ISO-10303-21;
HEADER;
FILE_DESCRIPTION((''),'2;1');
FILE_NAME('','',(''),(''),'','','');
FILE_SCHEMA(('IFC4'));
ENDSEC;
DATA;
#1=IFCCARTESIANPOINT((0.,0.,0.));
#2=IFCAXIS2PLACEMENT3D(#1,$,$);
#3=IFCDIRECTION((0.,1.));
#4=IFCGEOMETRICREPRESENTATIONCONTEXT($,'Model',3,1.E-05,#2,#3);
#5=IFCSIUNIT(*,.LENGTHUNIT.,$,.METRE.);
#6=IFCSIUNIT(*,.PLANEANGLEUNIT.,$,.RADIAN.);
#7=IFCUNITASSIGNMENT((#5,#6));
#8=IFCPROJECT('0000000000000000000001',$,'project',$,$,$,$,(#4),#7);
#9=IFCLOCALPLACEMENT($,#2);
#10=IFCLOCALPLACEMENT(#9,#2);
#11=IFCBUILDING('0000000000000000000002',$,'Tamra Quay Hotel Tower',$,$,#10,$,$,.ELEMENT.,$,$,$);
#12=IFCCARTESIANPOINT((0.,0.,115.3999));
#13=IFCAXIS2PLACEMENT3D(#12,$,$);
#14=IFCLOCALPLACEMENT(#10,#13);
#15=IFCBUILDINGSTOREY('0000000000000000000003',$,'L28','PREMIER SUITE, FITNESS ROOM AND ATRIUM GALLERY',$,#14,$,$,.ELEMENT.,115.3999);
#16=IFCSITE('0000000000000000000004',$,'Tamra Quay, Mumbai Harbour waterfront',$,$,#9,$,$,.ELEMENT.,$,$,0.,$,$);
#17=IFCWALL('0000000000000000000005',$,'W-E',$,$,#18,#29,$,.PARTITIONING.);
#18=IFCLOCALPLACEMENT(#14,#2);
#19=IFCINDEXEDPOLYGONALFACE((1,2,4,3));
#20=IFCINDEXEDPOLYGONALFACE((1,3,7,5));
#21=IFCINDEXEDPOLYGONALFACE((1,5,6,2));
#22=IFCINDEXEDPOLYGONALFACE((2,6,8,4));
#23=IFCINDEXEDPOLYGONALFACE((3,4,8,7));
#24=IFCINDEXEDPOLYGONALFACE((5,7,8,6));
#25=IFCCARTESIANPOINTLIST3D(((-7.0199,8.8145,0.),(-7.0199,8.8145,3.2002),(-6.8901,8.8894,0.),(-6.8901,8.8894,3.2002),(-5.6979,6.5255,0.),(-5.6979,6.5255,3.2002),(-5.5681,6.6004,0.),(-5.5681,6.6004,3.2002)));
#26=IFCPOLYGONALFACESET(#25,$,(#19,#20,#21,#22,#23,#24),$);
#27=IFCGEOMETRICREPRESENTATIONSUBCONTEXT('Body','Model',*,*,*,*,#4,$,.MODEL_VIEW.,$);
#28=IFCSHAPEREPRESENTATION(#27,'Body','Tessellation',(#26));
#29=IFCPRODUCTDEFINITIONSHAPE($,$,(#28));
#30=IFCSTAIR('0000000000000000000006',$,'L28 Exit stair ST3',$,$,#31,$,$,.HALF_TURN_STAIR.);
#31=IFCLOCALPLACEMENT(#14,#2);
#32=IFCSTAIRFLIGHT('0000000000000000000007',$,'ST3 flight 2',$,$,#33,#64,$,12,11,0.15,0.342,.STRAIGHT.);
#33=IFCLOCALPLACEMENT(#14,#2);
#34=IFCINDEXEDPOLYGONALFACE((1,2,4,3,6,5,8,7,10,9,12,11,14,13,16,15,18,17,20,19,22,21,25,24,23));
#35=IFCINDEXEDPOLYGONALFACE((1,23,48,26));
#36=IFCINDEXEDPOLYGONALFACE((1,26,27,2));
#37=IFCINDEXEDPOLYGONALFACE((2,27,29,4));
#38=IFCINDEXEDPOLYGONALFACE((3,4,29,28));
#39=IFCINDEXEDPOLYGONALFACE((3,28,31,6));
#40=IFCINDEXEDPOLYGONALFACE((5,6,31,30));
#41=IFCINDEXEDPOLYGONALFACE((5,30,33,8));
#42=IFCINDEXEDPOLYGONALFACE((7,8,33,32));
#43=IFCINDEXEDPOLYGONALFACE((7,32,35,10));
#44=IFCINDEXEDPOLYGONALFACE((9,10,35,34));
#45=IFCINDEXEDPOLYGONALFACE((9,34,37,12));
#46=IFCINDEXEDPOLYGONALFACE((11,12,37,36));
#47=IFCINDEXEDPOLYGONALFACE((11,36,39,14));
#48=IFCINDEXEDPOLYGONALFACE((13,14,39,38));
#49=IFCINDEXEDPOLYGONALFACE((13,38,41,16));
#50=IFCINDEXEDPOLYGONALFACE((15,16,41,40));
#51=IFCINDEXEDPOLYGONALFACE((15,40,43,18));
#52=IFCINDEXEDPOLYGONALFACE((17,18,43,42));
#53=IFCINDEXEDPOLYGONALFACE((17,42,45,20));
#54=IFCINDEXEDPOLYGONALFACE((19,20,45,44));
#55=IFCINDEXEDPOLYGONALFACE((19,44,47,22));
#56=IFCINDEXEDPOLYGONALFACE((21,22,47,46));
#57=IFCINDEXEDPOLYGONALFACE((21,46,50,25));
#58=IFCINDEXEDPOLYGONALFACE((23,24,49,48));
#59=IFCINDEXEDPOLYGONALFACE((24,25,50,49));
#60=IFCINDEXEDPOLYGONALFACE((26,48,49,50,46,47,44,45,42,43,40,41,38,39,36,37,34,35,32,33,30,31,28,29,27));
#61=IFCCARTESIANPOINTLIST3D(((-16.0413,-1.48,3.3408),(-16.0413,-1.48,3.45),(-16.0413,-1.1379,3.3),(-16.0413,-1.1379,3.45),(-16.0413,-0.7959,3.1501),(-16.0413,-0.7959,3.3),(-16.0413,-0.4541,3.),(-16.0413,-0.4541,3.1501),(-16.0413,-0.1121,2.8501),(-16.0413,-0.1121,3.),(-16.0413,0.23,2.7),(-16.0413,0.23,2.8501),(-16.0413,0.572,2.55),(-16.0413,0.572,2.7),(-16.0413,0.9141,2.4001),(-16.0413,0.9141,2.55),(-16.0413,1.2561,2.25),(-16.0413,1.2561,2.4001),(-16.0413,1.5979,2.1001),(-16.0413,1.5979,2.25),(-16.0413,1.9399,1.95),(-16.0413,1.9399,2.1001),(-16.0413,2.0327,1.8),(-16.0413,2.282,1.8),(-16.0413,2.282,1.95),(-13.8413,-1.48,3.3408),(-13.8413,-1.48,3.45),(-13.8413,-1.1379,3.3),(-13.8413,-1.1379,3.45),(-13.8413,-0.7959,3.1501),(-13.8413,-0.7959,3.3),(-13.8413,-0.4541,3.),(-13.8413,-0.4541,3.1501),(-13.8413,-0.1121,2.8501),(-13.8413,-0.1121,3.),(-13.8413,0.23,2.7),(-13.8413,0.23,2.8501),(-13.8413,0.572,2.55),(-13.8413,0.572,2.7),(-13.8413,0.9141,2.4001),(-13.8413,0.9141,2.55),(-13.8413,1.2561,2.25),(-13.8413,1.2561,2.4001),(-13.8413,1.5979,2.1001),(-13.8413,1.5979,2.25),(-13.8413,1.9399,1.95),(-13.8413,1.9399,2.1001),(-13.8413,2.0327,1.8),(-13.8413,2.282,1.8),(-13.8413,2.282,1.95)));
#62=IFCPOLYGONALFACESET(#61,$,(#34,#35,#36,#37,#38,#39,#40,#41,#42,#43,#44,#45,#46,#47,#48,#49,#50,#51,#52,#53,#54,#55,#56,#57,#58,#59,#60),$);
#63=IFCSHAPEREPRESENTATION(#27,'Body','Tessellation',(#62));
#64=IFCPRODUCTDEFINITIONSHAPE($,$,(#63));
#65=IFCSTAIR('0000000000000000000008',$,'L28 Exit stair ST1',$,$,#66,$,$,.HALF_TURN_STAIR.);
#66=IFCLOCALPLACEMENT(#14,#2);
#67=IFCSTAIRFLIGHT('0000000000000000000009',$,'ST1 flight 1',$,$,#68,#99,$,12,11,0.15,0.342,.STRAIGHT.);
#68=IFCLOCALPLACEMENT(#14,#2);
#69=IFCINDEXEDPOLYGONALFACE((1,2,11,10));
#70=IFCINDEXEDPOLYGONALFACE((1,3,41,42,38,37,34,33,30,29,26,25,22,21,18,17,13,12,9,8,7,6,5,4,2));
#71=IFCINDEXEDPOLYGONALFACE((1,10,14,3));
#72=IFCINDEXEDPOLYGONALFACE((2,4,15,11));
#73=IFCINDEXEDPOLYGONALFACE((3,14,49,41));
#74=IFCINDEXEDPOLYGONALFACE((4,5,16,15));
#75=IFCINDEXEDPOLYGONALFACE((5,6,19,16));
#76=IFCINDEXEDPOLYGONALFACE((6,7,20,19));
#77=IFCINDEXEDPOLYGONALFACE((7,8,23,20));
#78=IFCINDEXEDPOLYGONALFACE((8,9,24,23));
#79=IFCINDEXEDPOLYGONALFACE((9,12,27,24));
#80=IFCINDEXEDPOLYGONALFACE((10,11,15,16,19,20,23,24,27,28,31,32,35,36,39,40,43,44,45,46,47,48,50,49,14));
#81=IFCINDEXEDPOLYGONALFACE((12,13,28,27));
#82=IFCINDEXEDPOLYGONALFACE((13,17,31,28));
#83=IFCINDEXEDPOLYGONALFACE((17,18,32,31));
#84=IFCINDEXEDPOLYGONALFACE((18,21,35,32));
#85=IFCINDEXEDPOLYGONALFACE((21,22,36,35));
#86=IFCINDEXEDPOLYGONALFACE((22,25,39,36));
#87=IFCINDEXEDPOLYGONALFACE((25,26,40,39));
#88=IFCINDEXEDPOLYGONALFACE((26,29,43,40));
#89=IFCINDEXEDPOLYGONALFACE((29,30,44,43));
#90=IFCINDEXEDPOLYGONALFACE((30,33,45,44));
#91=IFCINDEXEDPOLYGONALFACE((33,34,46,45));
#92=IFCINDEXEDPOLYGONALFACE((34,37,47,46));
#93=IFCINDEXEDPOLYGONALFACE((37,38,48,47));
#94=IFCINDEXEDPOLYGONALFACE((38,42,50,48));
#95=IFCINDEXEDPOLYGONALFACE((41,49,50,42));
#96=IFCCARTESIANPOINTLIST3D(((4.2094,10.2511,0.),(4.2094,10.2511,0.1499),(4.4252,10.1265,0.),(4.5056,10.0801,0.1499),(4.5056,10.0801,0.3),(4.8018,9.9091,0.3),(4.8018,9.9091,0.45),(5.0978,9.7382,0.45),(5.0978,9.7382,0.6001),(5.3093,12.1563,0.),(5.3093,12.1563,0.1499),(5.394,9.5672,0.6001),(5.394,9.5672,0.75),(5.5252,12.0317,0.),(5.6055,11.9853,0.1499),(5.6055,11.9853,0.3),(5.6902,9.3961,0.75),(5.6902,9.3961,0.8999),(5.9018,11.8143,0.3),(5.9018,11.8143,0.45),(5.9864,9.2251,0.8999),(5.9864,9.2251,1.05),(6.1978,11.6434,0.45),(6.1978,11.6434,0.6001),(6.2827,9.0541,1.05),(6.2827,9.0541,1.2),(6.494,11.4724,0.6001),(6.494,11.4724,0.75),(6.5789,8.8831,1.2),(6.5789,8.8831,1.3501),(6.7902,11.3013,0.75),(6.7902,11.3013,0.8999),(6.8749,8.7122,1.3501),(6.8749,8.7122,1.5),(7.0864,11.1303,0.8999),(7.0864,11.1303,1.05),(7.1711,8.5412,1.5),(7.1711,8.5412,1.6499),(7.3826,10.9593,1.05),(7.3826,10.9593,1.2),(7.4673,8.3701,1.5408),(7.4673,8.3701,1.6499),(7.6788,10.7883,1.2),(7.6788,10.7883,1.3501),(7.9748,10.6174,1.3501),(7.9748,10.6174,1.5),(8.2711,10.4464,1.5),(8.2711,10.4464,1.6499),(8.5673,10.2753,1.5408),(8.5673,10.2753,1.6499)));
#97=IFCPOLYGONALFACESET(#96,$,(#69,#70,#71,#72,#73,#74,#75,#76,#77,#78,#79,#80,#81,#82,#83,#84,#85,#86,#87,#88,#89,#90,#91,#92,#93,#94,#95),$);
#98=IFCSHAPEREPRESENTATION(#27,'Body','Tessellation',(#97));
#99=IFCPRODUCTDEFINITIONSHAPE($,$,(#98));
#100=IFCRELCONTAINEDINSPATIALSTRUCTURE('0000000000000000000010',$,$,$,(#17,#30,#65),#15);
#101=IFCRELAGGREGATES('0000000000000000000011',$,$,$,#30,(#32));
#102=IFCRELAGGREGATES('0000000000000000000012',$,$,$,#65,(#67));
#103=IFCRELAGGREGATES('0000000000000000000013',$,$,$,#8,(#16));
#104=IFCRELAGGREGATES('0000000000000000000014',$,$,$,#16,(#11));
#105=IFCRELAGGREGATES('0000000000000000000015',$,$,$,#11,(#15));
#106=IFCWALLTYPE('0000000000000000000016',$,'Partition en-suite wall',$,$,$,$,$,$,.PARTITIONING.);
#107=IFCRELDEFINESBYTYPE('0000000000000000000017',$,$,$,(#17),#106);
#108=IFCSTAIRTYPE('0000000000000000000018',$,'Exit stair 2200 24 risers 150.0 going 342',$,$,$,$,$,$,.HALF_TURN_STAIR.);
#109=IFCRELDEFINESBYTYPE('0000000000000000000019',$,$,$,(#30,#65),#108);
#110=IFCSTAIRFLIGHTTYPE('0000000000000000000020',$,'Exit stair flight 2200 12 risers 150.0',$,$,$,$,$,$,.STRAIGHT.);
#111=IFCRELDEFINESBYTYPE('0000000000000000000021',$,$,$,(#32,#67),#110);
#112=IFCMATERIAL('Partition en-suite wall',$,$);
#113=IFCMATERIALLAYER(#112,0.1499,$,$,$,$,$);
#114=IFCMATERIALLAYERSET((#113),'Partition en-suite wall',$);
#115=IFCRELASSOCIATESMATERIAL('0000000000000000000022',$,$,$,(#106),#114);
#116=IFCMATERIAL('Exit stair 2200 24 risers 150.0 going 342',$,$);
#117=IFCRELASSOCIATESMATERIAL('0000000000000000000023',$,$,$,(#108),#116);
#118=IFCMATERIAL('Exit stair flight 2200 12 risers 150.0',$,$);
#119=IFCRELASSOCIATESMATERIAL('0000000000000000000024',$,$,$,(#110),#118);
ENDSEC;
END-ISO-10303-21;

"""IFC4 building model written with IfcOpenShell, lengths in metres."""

from ifc_helpers import new_model, si_unit, direction, frame, frame_2d, origin, place, context, subcontext, project, spatial, polyline, rectangle, outline, extrude, material, layer, layer_set, type_object, element, aggregate, save


model = new_model("IFC4")

# Units and contexts
model_context = context("Model", 3, precision=1e-05, world=origin(), true_north=direction((0.0, 1.0)))
body_context = subcontext(model_context, "Body", "Model", "MODEL_VIEW")
ifc_project = project(units=[si_unit("LENGTHUNIT", "METRE"), si_unit("PLANEANGLEUNIT", "RADIAN")], contexts=[model_context])

# Site, building, storey
site_placement = place(None, origin())
site = spatial("IfcSite", under=ifc_project, at=site_placement, Name="Tamra Quay, Mumbai Harbour waterfront", CompositionType="ELEMENT", RefElevation=0.0)
building_placement = place(site_placement, origin())
building = spatial("IfcBuilding", under=site, at=building_placement, Name="Tamra Quay Hotel Tower", CompositionType="ELEMENT")
storey_placement = place(building_placement, frame((0.0, 0.0, 115.3999)))
storey = spatial("IfcBuildingStorey", under=building, at=storey_placement, Name="L28", Description="PREMIER SUITE, FITNESS ROOM AND ATRIUM GALLERY", CompositionType="ELEMENT", Elevation=115.3999)

# Shared definitions
ifc_material_1 = material(Name="Partition en-suite wall")
ifc_layer_1 = layer(ifc_material_1, 0.1499)
ifc_layer_set_1 = layer_set([ifc_layer_1], Name="Partition en-suite wall")
wall_type_1 = type_object("IfcWallType", Name="Partition en-suite wall", PredefinedType="PARTITIONING", material=ifc_layer_set_1)

# Wall
wall_1_placement = place(storey_placement, frame((-6.9551, 8.8521, 0.0), z_axis=(0.0, 0.0, 1.0), x_axis=(0.500122, -0.865955, 0.0)))
element("IfcWall", 1, at=wall_1_placement, inside=storey, type_object=wall_type_1, Name="W-E", PredefinedType="PARTITIONING", context=body_context, shape_type="SweptSolid", body=[
    extrude(rectangle(XDim=2.6433, YDim=0.1499, at=frame_2d((1.3218, 0.0))), origin(), (0.0, 0.0, 1.0), 3.2002),
])

# Stairs, stair flights
ifc_material_2 = material(Name="Exit stair 2200 24 risers 150.0 going 342")
stair_type = type_object("IfcStairType", Name="Exit stair 2200 24 risers 150.0 going 342", PredefinedType="HALF_TURN_STAIR", material=ifc_material_2)
stair_1_placement = place(storey_placement, origin())
stair_1 = element("IfcStair", 2, at=stair_1_placement, inside=storey, type_object=stair_type, Name="L28 Exit stair ST3", PredefinedType="HALF_TURN_STAIR")
ifc_material_3 = material(Name="Exit stair flight 2200 12 risers 150.0")
stair_flight_type = type_object("IfcStairFlightType", Name="Exit stair flight 2200 12 risers 150.0", PredefinedType="STRAIGHT", material=ifc_material_3)
stair_flight_1_placement = place(storey_placement, frame((-14.9414, 2.282, 1.8), z_axis=(0.0, 0.0, 1.0), x_axis=(0.0, -1.0, 0.0)))
stair_flight_1 = element("IfcStairFlight", 3, at=stair_flight_1_placement, type_object=stair_flight_type, Name="ST3 flight 2", NumberOfRisers=12, NumberOfTreads=11, PredefinedType="STRAIGHT", RiserHeight=0.15, TreadLength=0.342, context=body_context, shape_type="SweptSolid", body=[
    extrude(outline(polyline([(0.0, 0.0), (0.0, 0.1499), (0.342, 0.1499), (0.342, 0.3), (0.6841, 0.3), (0.6841, 0.45), (1.0259, 0.45), (1.0259, 0.6001), (1.3679, 0.6001), (1.3679, 0.75), (1.71, 0.75), (1.71, 0.8999), (2.052, 0.8999), (2.052, 1.05), (2.394, 1.05), (2.394, 1.2), (2.7361, 1.2), (2.7361, 1.3501), (3.0779, 1.3501), (3.0779, 1.5), (3.4199, 1.5), (3.4199, 1.6499), (3.762, 1.6499), (3.762, 1.8), (3.762, 1.5408), (0.2493, 0.0), (0.0, 0.0)])), frame((0.0, 1.1001, 0.0), z_axis=(0.0, -1.0, 0.0), x_axis=(1.0, 0.0, 0.0)), (0.0, 0.0, 1.0), 2.2),
])
aggregate(stair_1, [stair_flight_1])
stair_2_placement = place(storey_placement, origin())
stair_2 = element("IfcStair", 4, at=stair_2_placement, inside=storey, type_object=stair_type, Name="L28 Exit stair ST1", PredefinedType="HALF_TURN_STAIR")
stair_flight_2_placement = place(storey_placement, frame((4.7593, 11.2036, 0.0), z_axis=(0.0, 0.0, 1.0), x_axis=(0.866025, -0.5, 0.0)))
stair_flight_2 = element("IfcStairFlight", 5, at=stair_flight_2_placement, type_object=stair_flight_type, Name="ST1 flight 1", NumberOfRisers=12, NumberOfTreads=11, PredefinedType="STRAIGHT", RiserHeight=0.15, TreadLength=0.342, context=body_context, shape_type="SweptSolid", body=[
    extrude(outline(polyline([(0.0, 0.0), (0.0, 0.1499), (0.342, 0.1499), (0.342, 0.3), (0.6841, 0.3), (0.6841, 0.45), (1.0259, 0.45), (1.0259, 0.6001), (1.3679, 0.6001), (1.3679, 0.75), (1.71, 0.75), (1.71, 0.8999), (2.052, 0.8999), (2.052, 1.05), (2.394, 1.05), (2.394, 1.2), (2.7361, 1.2), (2.7361, 1.3501), (3.0779, 1.3501), (3.0779, 1.5), (3.4199, 1.5), (3.4199, 1.6499), (3.762, 1.6499), (3.762, 1.8), (3.762, 1.5408), (0.2493, 0.0), (0.0, 0.0)])), frame((0.0, 1.1001, 0.0), z_axis=(0.0, -1.0, 0.0), x_axis=(1.0, 0.0, 0.0)), (0.0, 0.0, 1.0), 2.2),
])
aggregate(stair_2, [stair_flight_2])

save(model, "model.ifc")
